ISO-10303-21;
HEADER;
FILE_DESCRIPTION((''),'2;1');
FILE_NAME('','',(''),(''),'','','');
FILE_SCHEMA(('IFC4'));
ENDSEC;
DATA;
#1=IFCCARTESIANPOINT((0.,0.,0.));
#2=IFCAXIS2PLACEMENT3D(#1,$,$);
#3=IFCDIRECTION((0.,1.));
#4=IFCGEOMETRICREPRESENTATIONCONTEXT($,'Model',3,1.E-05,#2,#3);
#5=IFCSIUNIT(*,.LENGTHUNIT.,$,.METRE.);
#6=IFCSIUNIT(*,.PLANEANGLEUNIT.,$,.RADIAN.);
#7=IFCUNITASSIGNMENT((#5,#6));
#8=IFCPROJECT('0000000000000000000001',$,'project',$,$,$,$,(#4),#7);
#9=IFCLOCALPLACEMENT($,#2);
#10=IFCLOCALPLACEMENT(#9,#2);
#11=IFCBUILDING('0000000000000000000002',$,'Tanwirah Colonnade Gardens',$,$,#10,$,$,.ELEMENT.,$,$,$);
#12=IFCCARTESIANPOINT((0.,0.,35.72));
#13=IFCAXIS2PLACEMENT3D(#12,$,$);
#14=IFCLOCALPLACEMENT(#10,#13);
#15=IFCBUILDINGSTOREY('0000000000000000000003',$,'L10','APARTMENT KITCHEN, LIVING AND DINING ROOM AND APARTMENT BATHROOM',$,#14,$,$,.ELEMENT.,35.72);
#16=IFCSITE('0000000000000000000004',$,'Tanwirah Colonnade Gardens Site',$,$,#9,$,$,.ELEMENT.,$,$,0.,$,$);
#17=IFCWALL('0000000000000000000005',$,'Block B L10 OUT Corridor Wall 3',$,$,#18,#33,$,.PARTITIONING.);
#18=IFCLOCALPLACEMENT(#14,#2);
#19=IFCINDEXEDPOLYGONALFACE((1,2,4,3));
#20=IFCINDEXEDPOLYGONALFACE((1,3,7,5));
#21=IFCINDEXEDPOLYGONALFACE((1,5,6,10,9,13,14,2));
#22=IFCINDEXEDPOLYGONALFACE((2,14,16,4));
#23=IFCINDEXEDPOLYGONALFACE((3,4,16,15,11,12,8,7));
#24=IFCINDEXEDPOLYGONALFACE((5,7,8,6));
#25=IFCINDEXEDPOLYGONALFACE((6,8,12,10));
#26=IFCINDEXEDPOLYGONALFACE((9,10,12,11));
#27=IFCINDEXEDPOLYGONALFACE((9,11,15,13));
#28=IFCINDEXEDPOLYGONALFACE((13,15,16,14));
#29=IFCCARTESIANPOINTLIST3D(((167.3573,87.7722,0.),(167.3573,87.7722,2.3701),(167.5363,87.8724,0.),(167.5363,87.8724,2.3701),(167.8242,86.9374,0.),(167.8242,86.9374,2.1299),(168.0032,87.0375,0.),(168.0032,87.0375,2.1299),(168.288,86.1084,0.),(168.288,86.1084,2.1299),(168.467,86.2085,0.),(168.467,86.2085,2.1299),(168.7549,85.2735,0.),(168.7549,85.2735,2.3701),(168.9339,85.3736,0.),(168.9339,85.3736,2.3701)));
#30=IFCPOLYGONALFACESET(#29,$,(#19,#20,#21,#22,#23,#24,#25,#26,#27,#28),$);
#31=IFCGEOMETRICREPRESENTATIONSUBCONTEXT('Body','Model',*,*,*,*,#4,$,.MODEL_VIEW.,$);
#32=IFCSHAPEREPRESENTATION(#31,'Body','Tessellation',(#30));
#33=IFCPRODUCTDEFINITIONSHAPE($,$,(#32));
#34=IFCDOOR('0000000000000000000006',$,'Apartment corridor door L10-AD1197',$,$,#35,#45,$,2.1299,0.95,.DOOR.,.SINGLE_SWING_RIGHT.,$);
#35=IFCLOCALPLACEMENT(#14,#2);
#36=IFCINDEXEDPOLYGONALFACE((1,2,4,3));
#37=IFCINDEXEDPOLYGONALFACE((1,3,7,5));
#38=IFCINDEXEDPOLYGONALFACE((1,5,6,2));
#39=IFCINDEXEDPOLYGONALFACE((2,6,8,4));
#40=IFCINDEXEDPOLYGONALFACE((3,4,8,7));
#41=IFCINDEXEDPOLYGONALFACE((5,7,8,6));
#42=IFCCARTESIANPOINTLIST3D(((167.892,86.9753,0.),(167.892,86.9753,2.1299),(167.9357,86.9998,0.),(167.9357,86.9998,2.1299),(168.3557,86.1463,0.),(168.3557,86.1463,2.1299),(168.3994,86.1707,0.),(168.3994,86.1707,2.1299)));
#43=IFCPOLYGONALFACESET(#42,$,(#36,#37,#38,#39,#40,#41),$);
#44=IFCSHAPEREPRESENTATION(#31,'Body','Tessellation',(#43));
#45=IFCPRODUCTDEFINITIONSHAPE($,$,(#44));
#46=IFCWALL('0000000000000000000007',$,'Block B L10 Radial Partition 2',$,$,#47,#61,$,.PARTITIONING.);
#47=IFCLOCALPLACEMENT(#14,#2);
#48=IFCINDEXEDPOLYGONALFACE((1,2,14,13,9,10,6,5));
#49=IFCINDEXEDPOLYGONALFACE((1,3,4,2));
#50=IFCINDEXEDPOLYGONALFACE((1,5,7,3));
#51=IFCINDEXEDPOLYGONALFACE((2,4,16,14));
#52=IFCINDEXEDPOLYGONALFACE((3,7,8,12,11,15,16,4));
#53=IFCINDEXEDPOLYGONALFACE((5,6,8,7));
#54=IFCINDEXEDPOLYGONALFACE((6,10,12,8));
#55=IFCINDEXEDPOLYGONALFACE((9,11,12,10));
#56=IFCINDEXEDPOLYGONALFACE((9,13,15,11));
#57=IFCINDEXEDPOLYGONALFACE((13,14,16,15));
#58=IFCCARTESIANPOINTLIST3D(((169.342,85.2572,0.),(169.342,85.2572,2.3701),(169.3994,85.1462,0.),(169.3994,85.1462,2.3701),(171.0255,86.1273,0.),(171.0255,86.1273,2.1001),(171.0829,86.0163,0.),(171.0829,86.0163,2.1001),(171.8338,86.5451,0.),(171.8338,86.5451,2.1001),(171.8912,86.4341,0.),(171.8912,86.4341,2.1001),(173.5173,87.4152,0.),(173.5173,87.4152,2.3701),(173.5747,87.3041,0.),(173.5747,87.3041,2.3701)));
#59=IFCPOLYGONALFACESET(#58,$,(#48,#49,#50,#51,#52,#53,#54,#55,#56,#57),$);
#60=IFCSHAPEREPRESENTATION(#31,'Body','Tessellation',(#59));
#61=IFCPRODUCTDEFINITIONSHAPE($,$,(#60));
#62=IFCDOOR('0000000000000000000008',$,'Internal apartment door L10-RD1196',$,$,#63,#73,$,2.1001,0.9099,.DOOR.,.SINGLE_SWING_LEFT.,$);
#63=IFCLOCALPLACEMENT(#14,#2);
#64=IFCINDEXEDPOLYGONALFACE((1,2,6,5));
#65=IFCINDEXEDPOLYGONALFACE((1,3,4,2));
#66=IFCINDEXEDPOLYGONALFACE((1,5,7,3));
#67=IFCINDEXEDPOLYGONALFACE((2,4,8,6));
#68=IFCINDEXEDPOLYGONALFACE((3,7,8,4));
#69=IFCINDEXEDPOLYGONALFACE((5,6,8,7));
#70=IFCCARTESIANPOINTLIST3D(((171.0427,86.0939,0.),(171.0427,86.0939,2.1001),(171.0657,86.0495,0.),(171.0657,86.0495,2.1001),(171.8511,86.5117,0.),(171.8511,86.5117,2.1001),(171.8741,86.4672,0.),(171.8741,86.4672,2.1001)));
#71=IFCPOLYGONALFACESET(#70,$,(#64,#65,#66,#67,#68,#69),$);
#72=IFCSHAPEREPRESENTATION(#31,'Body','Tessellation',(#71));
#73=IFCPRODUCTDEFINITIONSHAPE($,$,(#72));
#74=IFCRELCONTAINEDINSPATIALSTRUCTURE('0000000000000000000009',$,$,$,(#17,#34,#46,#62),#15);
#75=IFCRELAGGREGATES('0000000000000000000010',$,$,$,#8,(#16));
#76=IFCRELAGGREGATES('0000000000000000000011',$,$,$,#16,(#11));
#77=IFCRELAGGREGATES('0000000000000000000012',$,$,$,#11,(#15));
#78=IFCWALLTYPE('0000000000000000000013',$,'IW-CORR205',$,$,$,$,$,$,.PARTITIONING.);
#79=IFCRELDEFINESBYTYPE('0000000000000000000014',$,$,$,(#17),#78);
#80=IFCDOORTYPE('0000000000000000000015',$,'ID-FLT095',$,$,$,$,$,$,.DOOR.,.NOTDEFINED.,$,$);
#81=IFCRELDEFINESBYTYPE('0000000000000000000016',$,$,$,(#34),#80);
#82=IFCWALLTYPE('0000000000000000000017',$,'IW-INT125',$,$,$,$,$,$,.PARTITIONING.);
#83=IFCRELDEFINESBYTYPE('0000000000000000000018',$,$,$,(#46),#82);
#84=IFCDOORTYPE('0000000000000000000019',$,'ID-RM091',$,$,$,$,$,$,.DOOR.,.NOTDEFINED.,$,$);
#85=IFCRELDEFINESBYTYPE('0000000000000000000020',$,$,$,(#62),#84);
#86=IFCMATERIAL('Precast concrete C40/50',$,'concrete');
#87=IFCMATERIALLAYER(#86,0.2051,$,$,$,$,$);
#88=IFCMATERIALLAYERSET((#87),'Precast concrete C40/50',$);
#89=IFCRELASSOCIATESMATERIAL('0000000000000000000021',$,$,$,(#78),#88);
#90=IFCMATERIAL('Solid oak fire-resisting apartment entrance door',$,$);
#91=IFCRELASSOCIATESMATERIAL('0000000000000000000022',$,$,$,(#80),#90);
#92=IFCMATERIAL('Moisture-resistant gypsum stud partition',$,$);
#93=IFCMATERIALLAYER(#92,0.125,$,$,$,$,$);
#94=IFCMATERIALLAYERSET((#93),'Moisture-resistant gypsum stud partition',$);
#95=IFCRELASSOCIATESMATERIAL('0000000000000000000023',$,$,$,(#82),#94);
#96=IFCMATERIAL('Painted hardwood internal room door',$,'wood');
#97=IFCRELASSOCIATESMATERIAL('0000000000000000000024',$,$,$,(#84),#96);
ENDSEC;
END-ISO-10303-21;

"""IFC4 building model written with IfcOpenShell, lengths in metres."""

from ifc_helpers import new_model, si_unit, direction, frame, frame_2d, origin, place, context, subcontext, project, spatial, rectangle, extrude, material, layer, layer_set, type_object, element, fill, save


model = new_model("IFC4")

# Units and contexts
model_context = context("Model", 3, precision=1e-05, world=origin(), true_north=direction((0.0, 1.0)))
body_context = subcontext(model_context, "Body", "Model", "MODEL_VIEW")
ifc_project = project(units=[si_unit("LENGTHUNIT", "METRE"), si_unit("PLANEANGLEUNIT", "RADIAN")], contexts=[model_context])

# Site, building, storey
site_placement = place(None, origin())
site = spatial("IfcSite", under=ifc_project, at=site_placement, Name="Tanwirah Colonnade Gardens Site", CompositionType="ELEMENT", RefElevation=0.0)
building_placement = place(site_placement, origin())
building = spatial("IfcBuilding", under=site, at=building_placement, Name="Tanwirah Colonnade Gardens", CompositionType="ELEMENT")
storey_placement = place(building_placement, frame((0.0, 0.0, 35.72)))
storey = spatial("IfcBuildingStorey", under=building, at=storey_placement, Name="L10", Description="APARTMENT KITCHEN, LIVING AND DINING ROOM AND APARTMENT BATHROOM", CompositionType="ELEMENT", Elevation=35.72)

# Shared definitions
ifc_material_1 = material(Name="Precast concrete C40/50", Category="concrete")

# Walls, openings, doors
ifc_layer_1 = layer(ifc_material_1, 0.2051)
ifc_layer_set_1 = layer_set([ifc_layer_1], Name="Precast concrete C40/50")
wall_type_1 = type_object("IfcWallType", Name="IW-CORR205", PredefinedType="PARTITIONING", material=ifc_layer_set_1)
wall_1_placement = place(storey_placement, frame((168.8445, 85.3235, 0.0), z_axis=(0.0, 0.0, 1.0), x_axis=(-0.488175, 0.872746, 0.0)))
wall_1 = element("IfcWall", 1, at=wall_1_placement, inside=storey, type_object=wall_type_1, Name="Block B L10 OUT Corridor Wall 3", PredefinedType="PARTITIONING", context=body_context, shape_type="SweptSolid", body=[
    extrude(rectangle(XDim=2.863, YDim=0.2051, at=frame_2d((1.4316, 0.0))), origin(), (0.0, 0.0, 1.0), 2.3701),
])
opening_1_placement = place(wall_1_placement, frame((0.9565, 0.0, 0.0)))
opening_1 = element("IfcOpeningElement", 2, at=opening_1_placement, cuts=wall_1, PredefinedType="OPENING", context=body_context, shape_type="SweptSolid", body=[
    extrude(rectangle(XDim=0.95, YDim=2.1299, at=frame_2d((0.4751, 1.0649))), frame((0.0, 0.1125, 0.0), z_axis=(0.0, -1.0, 0.0), x_axis=(1.0, 0.0, 0.0)), (0.0, 0.0, 1.0), 0.2251),
])
ifc_material_2 = material(Name="Solid oak fire-resisting apartment entrance door")
door_type_1 = type_object("IfcDoorType", Name="ID-FLT095", OperationType="NOTDEFINED", PredefinedType="DOOR", material=ifc_material_2)
door_1_placement = place(opening_1_placement, origin())
door_1 = element("IfcDoor", 3, at=door_1_placement, inside=storey, type_object=door_type_1, Name="Apartment corridor door L10-AD1197", OperationType="SINGLE_SWING_RIGHT", OverallHeight=2.1299, OverallWidth=0.95, PredefinedType="DOOR", context=body_context, shape_type="SweptSolid", body=[
    extrude(rectangle(XDim=0.95, YDim=2.1299, at=frame_2d((0.4751, 1.0649))), frame((0.0, 0.0249, 0.0), z_axis=(0.0, -1.0, 0.0), x_axis=(1.0, 0.0, 0.0)), (0.0, 0.0, 1.0), 0.05),
])
fill(opening_1, door_1)
ifc_material_3 = material(Name="Moisture-resistant gypsum stud partition")
ifc_layer_2 = layer(ifc_material_3, 0.125)
ifc_layer_set_2 = layer_set([ifc_layer_2], Name="Moisture-resistant gypsum stud partition")
wall_type_2 = type_object("IfcWallType", Name="IW-INT125", PredefinedType="PARTITIONING", material=ifc_layer_set_2)
wall_2_placement = place(storey_placement, frame((169.3706, 85.2017, 0.0), z_axis=(0.0, 0.0, 1.0), x_axis=(0.888363, 0.459142, 0.0)))
wall_2 = element("IfcWall", 4, at=wall_2_placement, inside=storey, type_object=wall_type_2, Name="Block B L10 Radial Partition 2", PredefinedType="PARTITIONING", context=body_context, shape_type="SweptSolid", body=[
    extrude(rectangle(XDim=4.7, YDim=0.125, at=frame_2d((2.3501, 0.0))), origin(), (0.0, 0.0, 1.0), 2.3701),
])
opening_2_placement = place(wall_2_placement, frame((1.895, 0.0, 0.0)))
opening_2 = element("IfcOpeningElement", 5, at=opening_2_placement, cuts=wall_2, PredefinedType="OPENING", context=body_context, shape_type="SweptSolid", body=[
    extrude(rectangle(XDim=0.9099, YDim=2.1001, at=frame_2d((0.4551, 1.05))), frame((0.0, 0.0725, 0.0), z_axis=(0.0, -1.0, 0.0), x_axis=(1.0, 0.0, 0.0)), (0.0, 0.0, 1.0), 0.145),
])
ifc_material_4 = material(Name="Painted hardwood internal room door", Category="wood")
door_type_2 = type_object("IfcDoorType", Name="ID-RM091", OperationType="NOTDEFINED", PredefinedType="DOOR", material=ifc_material_4)
door_2_placement = place(opening_2_placement, origin())
door_2 = element("IfcDoor", 6, at=door_2_placement, inside=storey, type_object=door_type_2, Name="Internal apartment door L10-RD1196", OperationType="SINGLE_SWING_LEFT", OverallHeight=2.1001, OverallWidth=0.9099, PredefinedType="DOOR", context=body_context, shape_type="SweptSolid", body=[
    extrude(rectangle(XDim=0.9099, YDim=2.1001, at=frame_2d((0.4551, 1.05))), frame((0.0, 0.0249, 0.0), z_axis=(0.0, -1.0, 0.0), x_axis=(1.0, 0.0, 0.0)), (0.0, 0.0, 1.0), 0.05),
])
fill(opening_2, door_2)

save(model, "model.ifc")
